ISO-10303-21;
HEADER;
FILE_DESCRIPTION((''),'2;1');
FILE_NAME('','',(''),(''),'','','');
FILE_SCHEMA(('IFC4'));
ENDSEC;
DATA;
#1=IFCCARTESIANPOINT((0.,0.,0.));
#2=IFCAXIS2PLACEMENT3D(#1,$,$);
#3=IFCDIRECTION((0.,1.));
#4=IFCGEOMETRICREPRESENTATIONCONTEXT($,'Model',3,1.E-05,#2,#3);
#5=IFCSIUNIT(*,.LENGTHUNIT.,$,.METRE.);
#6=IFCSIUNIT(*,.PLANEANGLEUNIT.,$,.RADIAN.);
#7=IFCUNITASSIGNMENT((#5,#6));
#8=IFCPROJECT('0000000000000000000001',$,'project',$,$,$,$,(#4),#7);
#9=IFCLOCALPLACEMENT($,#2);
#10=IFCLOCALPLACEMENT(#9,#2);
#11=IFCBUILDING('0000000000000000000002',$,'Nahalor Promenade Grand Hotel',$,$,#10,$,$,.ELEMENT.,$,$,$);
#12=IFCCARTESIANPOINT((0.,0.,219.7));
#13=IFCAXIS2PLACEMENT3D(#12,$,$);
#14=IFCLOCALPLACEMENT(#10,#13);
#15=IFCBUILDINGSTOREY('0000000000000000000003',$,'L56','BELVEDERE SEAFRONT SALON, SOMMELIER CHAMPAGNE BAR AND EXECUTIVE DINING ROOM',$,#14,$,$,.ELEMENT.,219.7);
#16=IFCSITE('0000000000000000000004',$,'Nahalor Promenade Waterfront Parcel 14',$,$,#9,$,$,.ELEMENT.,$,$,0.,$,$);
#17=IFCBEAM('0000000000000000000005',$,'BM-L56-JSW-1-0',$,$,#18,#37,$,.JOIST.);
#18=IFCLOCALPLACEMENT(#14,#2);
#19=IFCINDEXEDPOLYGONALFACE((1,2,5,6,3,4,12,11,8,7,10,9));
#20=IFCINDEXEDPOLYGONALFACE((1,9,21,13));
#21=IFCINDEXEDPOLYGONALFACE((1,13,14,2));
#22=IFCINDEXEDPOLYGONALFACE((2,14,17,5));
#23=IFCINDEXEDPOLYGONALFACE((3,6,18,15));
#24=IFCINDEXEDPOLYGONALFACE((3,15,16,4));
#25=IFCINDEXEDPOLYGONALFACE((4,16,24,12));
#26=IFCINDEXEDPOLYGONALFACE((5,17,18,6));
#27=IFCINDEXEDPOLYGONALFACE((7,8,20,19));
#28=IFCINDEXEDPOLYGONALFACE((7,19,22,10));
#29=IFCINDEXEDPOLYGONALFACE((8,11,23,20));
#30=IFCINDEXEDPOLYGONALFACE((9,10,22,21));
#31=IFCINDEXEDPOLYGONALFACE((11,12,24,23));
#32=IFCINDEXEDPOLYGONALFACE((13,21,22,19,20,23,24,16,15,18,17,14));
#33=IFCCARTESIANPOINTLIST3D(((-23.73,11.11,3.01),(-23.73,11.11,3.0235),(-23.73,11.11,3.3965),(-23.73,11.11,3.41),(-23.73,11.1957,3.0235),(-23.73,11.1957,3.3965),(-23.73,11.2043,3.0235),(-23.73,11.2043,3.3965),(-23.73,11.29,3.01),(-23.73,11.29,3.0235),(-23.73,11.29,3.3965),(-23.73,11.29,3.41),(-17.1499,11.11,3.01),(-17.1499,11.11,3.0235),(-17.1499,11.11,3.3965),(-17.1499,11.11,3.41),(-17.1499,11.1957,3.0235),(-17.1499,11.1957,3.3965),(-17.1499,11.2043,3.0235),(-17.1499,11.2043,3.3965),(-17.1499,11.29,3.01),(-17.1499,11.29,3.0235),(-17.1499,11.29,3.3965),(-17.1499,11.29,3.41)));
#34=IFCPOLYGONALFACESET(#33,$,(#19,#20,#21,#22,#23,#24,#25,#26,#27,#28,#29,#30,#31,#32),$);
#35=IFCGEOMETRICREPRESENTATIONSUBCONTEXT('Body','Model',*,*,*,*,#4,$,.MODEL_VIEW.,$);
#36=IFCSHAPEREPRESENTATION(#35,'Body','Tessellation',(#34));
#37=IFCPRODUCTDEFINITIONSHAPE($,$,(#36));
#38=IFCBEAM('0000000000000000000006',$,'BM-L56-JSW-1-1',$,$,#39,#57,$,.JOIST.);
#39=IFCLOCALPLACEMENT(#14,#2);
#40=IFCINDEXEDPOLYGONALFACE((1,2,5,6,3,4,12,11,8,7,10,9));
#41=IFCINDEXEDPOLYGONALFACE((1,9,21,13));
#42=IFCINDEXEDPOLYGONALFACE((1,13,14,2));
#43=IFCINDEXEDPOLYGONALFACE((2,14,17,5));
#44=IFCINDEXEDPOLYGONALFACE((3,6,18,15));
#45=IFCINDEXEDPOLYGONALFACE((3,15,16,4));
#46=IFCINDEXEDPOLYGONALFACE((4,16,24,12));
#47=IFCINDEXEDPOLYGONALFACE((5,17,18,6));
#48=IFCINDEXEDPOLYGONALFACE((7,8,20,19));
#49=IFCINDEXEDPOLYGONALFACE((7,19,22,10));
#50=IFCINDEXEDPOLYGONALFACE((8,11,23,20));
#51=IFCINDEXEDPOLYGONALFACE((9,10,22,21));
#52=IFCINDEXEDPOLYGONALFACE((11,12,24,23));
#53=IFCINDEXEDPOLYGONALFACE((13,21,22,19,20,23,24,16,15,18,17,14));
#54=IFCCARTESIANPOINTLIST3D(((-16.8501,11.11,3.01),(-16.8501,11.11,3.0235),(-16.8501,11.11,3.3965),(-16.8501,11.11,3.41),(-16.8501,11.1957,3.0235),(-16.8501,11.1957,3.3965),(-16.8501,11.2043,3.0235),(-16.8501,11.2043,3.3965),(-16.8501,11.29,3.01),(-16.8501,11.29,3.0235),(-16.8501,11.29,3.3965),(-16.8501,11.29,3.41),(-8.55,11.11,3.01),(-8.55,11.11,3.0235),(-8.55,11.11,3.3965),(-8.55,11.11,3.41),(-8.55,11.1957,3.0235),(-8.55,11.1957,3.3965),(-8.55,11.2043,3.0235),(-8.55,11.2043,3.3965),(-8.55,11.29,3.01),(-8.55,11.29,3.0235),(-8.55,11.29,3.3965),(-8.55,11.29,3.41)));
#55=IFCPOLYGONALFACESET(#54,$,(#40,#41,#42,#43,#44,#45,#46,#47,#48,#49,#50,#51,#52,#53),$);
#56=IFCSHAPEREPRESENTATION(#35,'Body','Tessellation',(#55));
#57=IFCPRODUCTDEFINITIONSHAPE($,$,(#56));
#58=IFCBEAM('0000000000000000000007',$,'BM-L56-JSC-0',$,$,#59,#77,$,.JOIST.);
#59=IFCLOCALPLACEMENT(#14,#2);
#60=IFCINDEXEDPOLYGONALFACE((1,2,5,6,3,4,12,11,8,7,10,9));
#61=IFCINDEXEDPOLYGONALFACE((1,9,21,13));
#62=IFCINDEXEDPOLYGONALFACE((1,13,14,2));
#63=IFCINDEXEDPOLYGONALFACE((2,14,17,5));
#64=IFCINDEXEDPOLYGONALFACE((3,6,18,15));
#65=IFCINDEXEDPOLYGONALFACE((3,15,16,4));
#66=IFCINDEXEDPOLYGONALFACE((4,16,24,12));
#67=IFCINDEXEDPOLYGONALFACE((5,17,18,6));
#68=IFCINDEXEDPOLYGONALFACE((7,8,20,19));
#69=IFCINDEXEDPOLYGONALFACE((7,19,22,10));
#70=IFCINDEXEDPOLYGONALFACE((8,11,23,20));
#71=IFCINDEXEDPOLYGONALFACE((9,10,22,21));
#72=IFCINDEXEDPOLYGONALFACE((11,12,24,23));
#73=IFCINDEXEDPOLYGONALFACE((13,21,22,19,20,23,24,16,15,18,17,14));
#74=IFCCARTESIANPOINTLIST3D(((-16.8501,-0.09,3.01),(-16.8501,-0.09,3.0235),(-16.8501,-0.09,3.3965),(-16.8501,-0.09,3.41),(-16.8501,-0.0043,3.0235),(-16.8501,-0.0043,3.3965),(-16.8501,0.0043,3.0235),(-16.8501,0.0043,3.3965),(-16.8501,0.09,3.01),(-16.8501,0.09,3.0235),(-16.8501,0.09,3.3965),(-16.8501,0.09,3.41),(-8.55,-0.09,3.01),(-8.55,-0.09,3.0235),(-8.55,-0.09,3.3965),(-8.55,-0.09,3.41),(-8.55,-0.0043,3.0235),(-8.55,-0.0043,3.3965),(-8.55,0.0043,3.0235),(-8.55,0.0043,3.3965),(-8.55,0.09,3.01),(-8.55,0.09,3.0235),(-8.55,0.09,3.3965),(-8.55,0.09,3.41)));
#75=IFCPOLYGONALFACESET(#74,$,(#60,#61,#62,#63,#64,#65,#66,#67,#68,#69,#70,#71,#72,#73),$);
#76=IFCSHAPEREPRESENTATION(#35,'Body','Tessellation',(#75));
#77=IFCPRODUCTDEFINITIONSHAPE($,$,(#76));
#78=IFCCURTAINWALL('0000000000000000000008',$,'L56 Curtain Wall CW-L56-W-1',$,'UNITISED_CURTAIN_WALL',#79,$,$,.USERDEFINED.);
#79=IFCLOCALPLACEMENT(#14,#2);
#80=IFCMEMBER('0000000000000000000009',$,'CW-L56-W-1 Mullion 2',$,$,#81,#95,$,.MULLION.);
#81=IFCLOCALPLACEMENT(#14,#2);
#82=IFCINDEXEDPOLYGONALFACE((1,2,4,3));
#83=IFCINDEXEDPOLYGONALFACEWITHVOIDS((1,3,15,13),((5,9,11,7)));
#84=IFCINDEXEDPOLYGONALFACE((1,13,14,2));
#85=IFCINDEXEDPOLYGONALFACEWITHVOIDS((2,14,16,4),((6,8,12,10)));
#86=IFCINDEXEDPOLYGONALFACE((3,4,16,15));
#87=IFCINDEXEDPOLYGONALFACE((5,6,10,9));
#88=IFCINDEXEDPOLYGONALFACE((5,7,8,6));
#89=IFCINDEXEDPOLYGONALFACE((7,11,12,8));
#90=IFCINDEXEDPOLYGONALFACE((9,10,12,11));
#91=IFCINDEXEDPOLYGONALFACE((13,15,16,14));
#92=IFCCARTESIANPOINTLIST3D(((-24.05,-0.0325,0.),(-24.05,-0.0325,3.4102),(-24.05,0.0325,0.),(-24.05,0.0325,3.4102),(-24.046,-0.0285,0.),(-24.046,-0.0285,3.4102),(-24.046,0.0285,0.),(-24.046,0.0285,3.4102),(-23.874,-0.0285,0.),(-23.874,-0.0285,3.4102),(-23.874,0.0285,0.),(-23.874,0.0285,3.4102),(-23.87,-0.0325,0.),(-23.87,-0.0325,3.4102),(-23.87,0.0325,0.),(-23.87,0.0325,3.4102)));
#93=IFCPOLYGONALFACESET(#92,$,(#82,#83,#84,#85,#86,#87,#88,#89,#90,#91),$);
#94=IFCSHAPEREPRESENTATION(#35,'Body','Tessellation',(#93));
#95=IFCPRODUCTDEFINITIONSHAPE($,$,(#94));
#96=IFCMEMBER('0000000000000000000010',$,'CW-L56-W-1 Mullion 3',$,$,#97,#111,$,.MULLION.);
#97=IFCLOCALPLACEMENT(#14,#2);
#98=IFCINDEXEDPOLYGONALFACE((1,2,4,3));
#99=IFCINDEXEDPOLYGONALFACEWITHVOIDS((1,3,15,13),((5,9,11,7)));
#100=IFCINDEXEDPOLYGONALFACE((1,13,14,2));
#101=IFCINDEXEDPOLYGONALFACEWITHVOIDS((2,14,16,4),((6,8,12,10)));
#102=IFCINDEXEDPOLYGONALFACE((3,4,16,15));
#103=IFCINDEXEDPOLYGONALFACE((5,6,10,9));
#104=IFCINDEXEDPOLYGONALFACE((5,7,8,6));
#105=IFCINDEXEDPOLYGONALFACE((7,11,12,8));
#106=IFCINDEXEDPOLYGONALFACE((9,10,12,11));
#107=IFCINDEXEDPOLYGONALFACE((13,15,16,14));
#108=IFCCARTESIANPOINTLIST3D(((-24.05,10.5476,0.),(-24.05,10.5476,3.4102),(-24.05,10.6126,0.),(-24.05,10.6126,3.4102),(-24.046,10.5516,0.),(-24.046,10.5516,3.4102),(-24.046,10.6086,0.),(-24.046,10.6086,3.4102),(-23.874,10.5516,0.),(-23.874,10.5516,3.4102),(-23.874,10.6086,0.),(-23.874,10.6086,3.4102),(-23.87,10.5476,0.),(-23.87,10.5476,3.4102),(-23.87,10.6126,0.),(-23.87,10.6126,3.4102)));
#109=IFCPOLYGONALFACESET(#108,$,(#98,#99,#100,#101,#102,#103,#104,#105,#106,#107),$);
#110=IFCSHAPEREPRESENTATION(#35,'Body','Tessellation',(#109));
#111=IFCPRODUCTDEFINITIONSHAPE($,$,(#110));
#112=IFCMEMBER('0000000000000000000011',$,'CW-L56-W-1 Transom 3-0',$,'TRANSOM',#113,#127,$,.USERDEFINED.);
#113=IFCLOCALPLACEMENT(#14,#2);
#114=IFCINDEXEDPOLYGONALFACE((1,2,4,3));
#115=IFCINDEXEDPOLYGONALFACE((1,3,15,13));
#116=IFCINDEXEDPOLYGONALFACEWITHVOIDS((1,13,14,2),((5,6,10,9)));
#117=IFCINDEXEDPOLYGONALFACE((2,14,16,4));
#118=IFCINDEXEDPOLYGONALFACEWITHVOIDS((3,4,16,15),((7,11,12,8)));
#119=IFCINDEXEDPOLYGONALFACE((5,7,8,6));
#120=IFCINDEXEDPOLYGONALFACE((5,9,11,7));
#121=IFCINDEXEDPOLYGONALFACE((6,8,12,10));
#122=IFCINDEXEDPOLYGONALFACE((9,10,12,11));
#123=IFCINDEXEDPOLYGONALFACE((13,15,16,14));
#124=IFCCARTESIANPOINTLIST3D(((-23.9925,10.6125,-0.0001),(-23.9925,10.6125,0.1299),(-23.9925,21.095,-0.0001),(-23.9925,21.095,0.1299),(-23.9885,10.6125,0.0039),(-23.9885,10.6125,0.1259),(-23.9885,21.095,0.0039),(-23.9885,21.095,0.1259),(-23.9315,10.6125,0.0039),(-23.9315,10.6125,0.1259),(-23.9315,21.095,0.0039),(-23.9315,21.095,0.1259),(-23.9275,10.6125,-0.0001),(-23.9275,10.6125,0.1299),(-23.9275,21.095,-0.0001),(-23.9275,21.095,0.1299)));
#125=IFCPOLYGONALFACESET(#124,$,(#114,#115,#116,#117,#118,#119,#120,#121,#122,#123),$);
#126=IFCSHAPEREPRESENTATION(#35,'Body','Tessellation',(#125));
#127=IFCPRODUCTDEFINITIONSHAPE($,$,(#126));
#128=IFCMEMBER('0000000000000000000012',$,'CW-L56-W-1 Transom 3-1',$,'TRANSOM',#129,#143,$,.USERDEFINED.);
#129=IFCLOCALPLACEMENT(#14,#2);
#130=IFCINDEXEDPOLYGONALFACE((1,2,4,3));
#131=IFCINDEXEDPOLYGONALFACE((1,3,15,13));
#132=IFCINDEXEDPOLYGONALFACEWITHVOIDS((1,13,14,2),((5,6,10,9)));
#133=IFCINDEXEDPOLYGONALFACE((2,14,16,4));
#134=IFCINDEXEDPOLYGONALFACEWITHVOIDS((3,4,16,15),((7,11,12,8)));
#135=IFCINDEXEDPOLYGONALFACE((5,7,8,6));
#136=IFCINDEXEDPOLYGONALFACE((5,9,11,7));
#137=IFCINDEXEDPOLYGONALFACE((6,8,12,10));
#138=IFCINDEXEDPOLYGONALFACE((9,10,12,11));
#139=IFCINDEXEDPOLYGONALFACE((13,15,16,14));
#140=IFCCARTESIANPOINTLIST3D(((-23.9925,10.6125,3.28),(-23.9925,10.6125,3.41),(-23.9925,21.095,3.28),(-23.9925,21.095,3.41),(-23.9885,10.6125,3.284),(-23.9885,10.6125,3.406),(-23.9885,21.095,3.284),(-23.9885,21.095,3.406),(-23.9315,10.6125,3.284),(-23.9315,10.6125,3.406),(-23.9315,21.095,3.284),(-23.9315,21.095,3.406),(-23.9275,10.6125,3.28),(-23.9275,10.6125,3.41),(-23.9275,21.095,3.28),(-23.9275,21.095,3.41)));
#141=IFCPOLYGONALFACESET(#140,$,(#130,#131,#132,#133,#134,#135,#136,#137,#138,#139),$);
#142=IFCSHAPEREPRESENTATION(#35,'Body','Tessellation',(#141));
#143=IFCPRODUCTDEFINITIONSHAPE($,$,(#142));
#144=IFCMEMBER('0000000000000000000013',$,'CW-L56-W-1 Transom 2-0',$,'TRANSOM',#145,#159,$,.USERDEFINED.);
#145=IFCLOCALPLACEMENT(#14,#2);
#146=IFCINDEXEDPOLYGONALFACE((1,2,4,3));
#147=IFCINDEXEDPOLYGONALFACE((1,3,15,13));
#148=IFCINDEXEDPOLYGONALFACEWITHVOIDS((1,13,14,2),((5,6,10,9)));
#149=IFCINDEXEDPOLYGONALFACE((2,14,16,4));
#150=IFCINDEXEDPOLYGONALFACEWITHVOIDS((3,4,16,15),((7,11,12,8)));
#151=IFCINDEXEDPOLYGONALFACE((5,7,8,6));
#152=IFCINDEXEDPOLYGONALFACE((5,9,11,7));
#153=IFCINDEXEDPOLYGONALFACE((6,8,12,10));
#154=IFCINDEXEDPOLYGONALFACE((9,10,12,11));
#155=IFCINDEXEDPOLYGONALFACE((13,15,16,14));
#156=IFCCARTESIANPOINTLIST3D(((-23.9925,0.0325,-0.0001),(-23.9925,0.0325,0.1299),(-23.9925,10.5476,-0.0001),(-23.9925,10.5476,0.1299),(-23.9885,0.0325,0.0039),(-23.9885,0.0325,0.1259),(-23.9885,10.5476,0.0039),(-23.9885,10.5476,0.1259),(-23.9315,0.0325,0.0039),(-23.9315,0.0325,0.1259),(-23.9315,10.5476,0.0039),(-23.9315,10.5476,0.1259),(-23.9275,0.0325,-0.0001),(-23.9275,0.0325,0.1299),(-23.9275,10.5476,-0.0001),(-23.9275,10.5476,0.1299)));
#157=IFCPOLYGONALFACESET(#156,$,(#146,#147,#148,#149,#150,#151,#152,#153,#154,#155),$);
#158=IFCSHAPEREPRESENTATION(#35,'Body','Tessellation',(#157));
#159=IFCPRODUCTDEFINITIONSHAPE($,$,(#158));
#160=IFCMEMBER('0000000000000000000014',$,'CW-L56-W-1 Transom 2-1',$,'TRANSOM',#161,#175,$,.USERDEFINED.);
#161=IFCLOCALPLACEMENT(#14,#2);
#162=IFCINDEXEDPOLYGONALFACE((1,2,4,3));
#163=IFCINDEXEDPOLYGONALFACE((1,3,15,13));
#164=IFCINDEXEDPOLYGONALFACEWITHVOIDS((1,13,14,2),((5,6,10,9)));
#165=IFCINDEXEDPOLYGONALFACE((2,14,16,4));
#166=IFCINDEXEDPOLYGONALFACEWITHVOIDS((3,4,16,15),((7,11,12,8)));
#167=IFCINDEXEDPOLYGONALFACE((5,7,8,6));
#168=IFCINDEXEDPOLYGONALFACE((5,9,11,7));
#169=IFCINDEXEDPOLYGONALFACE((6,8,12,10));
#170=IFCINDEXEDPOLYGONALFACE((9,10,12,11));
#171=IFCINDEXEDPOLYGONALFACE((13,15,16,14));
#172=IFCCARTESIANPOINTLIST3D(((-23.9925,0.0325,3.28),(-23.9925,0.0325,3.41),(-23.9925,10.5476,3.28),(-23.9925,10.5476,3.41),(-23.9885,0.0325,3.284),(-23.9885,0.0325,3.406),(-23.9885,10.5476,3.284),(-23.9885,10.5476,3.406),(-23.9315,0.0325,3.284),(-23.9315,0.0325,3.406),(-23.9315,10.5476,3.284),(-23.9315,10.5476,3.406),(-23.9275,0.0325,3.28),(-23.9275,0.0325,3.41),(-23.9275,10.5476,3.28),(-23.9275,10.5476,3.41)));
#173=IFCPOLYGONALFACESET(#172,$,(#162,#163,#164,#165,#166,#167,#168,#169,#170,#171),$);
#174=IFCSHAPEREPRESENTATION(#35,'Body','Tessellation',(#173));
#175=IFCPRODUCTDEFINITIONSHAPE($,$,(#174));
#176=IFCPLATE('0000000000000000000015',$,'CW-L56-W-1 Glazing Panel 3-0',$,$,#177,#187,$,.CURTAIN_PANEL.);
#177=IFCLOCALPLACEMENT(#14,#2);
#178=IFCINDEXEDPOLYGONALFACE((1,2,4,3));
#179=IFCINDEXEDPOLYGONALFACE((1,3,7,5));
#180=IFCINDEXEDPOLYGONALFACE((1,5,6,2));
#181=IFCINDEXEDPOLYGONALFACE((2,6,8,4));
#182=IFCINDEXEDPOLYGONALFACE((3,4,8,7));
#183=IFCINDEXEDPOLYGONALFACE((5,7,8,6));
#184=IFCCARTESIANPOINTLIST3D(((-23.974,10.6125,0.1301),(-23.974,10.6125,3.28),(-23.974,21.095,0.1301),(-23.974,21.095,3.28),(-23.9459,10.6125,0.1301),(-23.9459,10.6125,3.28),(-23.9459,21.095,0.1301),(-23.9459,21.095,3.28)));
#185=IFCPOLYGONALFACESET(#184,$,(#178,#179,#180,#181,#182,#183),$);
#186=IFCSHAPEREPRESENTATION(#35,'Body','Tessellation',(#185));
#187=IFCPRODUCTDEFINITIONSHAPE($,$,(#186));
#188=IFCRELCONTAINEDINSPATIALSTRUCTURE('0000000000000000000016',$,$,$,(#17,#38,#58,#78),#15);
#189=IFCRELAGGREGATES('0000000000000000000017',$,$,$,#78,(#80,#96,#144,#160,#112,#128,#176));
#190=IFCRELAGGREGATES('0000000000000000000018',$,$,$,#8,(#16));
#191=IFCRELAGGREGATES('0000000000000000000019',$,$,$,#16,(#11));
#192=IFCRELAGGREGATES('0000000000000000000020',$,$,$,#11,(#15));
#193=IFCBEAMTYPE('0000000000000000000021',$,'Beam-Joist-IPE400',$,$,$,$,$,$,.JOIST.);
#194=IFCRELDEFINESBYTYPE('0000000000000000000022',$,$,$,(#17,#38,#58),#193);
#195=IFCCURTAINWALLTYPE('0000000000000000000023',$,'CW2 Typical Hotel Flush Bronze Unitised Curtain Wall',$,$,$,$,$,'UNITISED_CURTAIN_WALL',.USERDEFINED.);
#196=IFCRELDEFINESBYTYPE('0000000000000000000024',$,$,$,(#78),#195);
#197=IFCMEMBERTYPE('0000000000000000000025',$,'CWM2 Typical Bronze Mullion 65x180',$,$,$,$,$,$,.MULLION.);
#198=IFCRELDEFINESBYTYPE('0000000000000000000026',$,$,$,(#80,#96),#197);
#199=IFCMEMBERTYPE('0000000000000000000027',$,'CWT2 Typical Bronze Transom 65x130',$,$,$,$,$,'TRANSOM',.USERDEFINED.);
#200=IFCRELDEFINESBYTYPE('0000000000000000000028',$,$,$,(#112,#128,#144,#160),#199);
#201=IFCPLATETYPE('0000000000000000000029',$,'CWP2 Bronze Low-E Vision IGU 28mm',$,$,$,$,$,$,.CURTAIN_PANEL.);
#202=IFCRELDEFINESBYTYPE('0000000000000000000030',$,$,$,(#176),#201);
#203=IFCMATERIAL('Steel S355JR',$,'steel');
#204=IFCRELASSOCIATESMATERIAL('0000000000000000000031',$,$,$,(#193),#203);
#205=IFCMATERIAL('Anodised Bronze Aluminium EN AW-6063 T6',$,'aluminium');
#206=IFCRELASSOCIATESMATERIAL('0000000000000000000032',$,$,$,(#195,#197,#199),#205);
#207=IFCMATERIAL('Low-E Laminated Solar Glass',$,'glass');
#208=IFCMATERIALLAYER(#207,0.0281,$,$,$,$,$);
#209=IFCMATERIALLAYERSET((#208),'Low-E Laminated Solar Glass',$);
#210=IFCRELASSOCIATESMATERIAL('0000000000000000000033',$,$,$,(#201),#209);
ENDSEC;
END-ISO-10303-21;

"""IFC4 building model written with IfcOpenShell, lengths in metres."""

from ifc_helpers import new_model, si_unit, direction, frame, origin, origin_2d, place, context, subcontext, project, spatial, rectangle, hollow_rectangle, i_section, extrude, source, transform, mapped, material, layer, layer_set, material_profile, profile_set, type_object, element, aggregate, save


model = new_model("IFC4")

# Units and contexts
model_context = context("Model", 3, precision=1e-05, world=origin(), true_north=direction((0.0, 1.0)))
body_context = subcontext(model_context, "Body", "Model", "MODEL_VIEW")
ifc_project = project(units=[si_unit("LENGTHUNIT", "METRE"), si_unit("PLANEANGLEUNIT", "RADIAN")], contexts=[model_context])

# Site, building, storey
site_placement = place(None, origin())
site = spatial("IfcSite", under=ifc_project, at=site_placement, Name="Nahalor Promenade Waterfront Parcel 14", CompositionType="ELEMENT", RefElevation=0.0)
building_placement = place(site_placement, origin())
building = spatial("IfcBuilding", under=site, at=building_placement, Name="Nahalor Promenade Grand Hotel", CompositionType="ELEMENT")
storey_placement = place(building_placement, frame((0.0, 0.0, 219.7)))
storey = spatial("IfcBuildingStorey", under=building, at=storey_placement, Name="L56", Description="BELVEDERE SEAFRONT SALON, SOMMELIER CHAMPAGNE BAR AND EXECUTIVE DINING ROOM", CompositionType="ELEMENT", Elevation=219.7)

# Shared definitions
ifc_material_1 = material(Name="Steel S355JR", Category="steel")

# Beams
ifc_material_profile_1 = material_profile(ifc_material_1, i_section(OverallWidth=0.18, OverallDepth=0.4, WebThickness=0.0086, FlangeThickness=0.0135, at=origin_2d()), Name="IPE 400")
ifc_profile_set_1 = profile_set([ifc_material_profile_1], Name="Steel S355JR")
beam_type_1 = type_object("IfcBeamType", Name="Beam-Joist-IPE400", PredefinedType="JOIST", material=ifc_profile_set_1)
shared_shape_1 = source(origin(), body_context, "Body", "SweptSolid", [
    extrude(i_section(OverallWidth=0.18, OverallDepth=0.4, WebThickness=0.0086, FlangeThickness=0.0135, at=origin_2d()), origin(), (0.0, 0.0, 1.0), 6.5801),
])
beam_1_placement = place(storey_placement, frame((-23.73, 11.2, 3.21), z_axis=(1.0, 0.0, 0.0), x_axis=(0.0, 1.0, 0.0)))
element("IfcBeam", 1, at=beam_1_placement, inside=storey, type_object=beam_type_1, Name="BM-L56-JSW-1-0", PredefinedType="JOIST", context=body_context, shape_type="MappedRepresentation", body=[
    mapped(shared_shape_1, transform((0.0, 0.0, 0.0), scale=1.0)),
])
shared_shape_2 = source(origin(), body_context, "Body", "SweptSolid", [
    extrude(i_section(OverallWidth=0.18, OverallDepth=0.4, WebThickness=0.0086, FlangeThickness=0.0135, at=origin_2d()), origin(), (0.0, 0.0, 1.0), 8.3),
])
for number, where, z_axis, x_axis, name in (
    (2, (-16.8501, 11.2, 3.21), (1.0, 0.0, 0.0), (0.0, 1.0, 0.0), "BM-L56-JSW-1-1"),
    (3, (-16.8501, 0.0, 3.21), (1.0, 0.0, 0.0), (0.0, 1.0, 0.0), "BM-L56-JSC-0"),
):
    element("IfcBeam", number, at=place(storey_placement, frame(where, z_axis=z_axis, x_axis=x_axis)), inside=storey, type_object=beam_type_1, Name=name, PredefinedType="JOIST", context=body_context, shape_type="MappedRepresentation", body=[
        mapped(shared_shape_2, transform((0.0, 0.0, 0.0), scale=1.0)),
    ])

# Curtain wall, members, plate
ifc_material_2 = material(Name="Anodised Bronze Aluminium EN AW-6063 T6", Category="aluminium")
curtain_wall_type = type_object("IfcCurtainWallType", Name="CW2 Typical Hotel Flush Bronze Unitised Curtain Wall", ElementType="UNITISED_CURTAIN_WALL", PredefinedType="USERDEFINED", material=ifc_material_2)
curtain_wall_placement = place(storey_placement, origin())
curtain_wall = element("IfcCurtainWall", 4, at=curtain_wall_placement, inside=storey, type_object=curtain_wall_type, Name="L56 Curtain Wall CW-L56-W-1", ObjectType="UNITISED_CURTAIN_WALL", PredefinedType="USERDEFINED")
ifc_material_profile_2 = material_profile(ifc_material_2, hollow_rectangle(XDim=0.065, YDim=0.18, WallThickness=0.004, at=origin_2d()), Name="CWM 65x180x4")
ifc_profile_set_2 = profile_set([ifc_material_profile_2], Name="Anodised Bronze Aluminium EN AW-6063 T6")
member_type_1 = type_object("IfcMemberType", Name="CWM2 Typical Bronze Mullion 65x180", PredefinedType="MULLION", material=ifc_profile_set_2)
shared_shape_3 = source(origin(), body_context, "Body", "SweptSolid", [
    extrude(hollow_rectangle(XDim=0.065, YDim=0.18, WallThickness=0.004, at=origin_2d()), origin(), (0.0, 0.0, 1.0), 3.4102),
])
member_1_placement = place(storey_placement, frame((-23.96, 0.0, 0.0), z_axis=(0.0, 0.0, 1.0), x_axis=(0.0, 1.0, 0.0)))
member_1 = element("IfcMember", 5, at=member_1_placement, type_object=member_type_1, Name="CW-L56-W-1 Mullion 2", PredefinedType="MULLION", context=body_context, shape_type="MappedRepresentation", body=[
    mapped(shared_shape_3, transform((0.0, 0.0, 0.0), scale=1.0)),
])
member_2_placement = place(storey_placement, frame((-23.96, 10.5801, 0.0), z_axis=(0.0, 0.0, 1.0), x_axis=(0.0, 1.0, 0.0)))
member_2 = element("IfcMember", 6, at=member_2_placement, type_object=member_type_1, Name="CW-L56-W-1 Mullion 3", PredefinedType="MULLION", context=body_context, shape_type="MappedRepresentation", body=[
    mapped(shared_shape_3, transform((0.0, 0.0, 0.0), scale=1.0)),
])
ifc_material_profile_3 = material_profile(ifc_material_2, hollow_rectangle(XDim=0.065, YDim=0.13, WallThickness=0.004, at=origin_2d()), Name="CWT 65x130x4")
ifc_profile_set_3 = profile_set([ifc_material_profile_3], Name="Anodised Bronze Aluminium EN AW-6063 T6")
member_type_2 = type_object("IfcMemberType", Name="CWT2 Typical Bronze Transom 65x130", ElementType="TRANSOM", PredefinedType="USERDEFINED", material=ifc_profile_set_3)
shared_shape_4 = source(origin(), body_context, "Body", "SweptSolid", [
    extrude(hollow_rectangle(XDim=0.065, YDim=0.13, WallThickness=0.004, at=origin_2d()), origin(), (0.0, 0.0, 1.0), 10.4824),
])
member_3_placement = place(storey_placement, frame((-23.96, 10.6125, 0.0649), z_axis=(0.0, 1.0, 0.0), x_axis=(-1.0, 0.0, 0.0)))
member_3 = element("IfcMember", 7, at=member_3_placement, type_object=member_type_2, Name="CW-L56-W-1 Transom 3-0", ObjectType="TRANSOM", PredefinedType="USERDEFINED", context=body_context, shape_type="MappedRepresentation", body=[
    mapped(shared_shape_4, transform((0.0, 0.0, 0.0), scale=1.0)),
])
member_4_placement = place(storey_placement, frame((-23.96, 10.6125, 3.345), z_axis=(0.0, 1.0, 0.0), x_axis=(-1.0, 0.0, 0.0)))
member_4 = element("IfcMember", 8, at=member_4_placement, type_object=member_type_2, Name="CW-L56-W-1 Transom 3-1", ObjectType="TRANSOM", PredefinedType="USERDEFINED", context=body_context, shape_type="MappedRepresentation", body=[
    mapped(shared_shape_4, transform((0.0, 0.0, 0.0), scale=1.0)),
])
shared_shape_5 = source(origin(), body_context, "Body", "SweptSolid", [
    extrude(hollow_rectangle(XDim=0.065, YDim=0.13, WallThickness=0.004, at=origin_2d()), origin(), (0.0, 0.0, 1.0), 10.5151),
])
member_5_placement = place(storey_placement, frame((-23.96, 0.0325, 0.0649), z_axis=(0.0, 1.0, 0.0), x_axis=(-1.0, 0.0, 0.0)))
member_5 = element("IfcMember", 9, at=member_5_placement, type_object=member_type_2, Name="CW-L56-W-1 Transom 2-0", ObjectType="TRANSOM", PredefinedType="USERDEFINED", context=body_context, shape_type="MappedRepresentation", body=[
    mapped(shared_shape_5, transform((0.0, 0.0, 0.0), scale=1.0)),
])
member_6_placement = place(storey_placement, frame((-23.96, 0.0325, 3.345), z_axis=(0.0, 1.0, 0.0), x_axis=(-1.0, 0.0, 0.0)))
member_6 = element("IfcMember", 10, at=member_6_placement, type_object=member_type_2, Name="CW-L56-W-1 Transom 2-1", ObjectType="TRANSOM", PredefinedType="USERDEFINED", context=body_context, shape_type="MappedRepresentation", body=[
    mapped(shared_shape_5, transform((0.0, 0.0, 0.0), scale=1.0)),
])
ifc_material_3 = material(Name="Low-E Laminated Solar Glass", Category="glass")
ifc_layer_1 = layer(ifc_material_3, 0.0281)
ifc_layer_set_1 = layer_set([ifc_layer_1], Name="Low-E Laminated Solar Glass")
plate_type = type_object("IfcPlateType", Name="CWP2 Bronze Low-E Vision IGU 28mm", PredefinedType="CURTAIN_PANEL", material=ifc_layer_set_1)
shared_shape_6 = source(origin(), body_context, "Body", "SweptSolid", [
    extrude(rectangle(XDim=10.4824, YDim=0.0281, at=origin_2d()), origin(), (0.0, 0.0, 1.0), 3.1499),
])
plate_1_placement = place(storey_placement, frame((-23.96, 15.8538, 0.1301), z_axis=(0.0, 0.0, 1.0), x_axis=(0.0, 1.0, 0.0)))
plate_1 = element("IfcPlate", 11, at=plate_1_placement, type_object=plate_type, Name="CW-L56-W-1 Glazing Panel 3-0", PredefinedType="CURTAIN_PANEL", context=body_context, shape_type="MappedRepresentation", body=[
    mapped(shared_shape_6, transform((0.0, 0.0, 0.0), scale=1.0)),
])
aggregate(curtain_wall, [member_1, member_2, member_5, member_6, member_3, member_4, plate_1])

save(model, "model.ifc")
